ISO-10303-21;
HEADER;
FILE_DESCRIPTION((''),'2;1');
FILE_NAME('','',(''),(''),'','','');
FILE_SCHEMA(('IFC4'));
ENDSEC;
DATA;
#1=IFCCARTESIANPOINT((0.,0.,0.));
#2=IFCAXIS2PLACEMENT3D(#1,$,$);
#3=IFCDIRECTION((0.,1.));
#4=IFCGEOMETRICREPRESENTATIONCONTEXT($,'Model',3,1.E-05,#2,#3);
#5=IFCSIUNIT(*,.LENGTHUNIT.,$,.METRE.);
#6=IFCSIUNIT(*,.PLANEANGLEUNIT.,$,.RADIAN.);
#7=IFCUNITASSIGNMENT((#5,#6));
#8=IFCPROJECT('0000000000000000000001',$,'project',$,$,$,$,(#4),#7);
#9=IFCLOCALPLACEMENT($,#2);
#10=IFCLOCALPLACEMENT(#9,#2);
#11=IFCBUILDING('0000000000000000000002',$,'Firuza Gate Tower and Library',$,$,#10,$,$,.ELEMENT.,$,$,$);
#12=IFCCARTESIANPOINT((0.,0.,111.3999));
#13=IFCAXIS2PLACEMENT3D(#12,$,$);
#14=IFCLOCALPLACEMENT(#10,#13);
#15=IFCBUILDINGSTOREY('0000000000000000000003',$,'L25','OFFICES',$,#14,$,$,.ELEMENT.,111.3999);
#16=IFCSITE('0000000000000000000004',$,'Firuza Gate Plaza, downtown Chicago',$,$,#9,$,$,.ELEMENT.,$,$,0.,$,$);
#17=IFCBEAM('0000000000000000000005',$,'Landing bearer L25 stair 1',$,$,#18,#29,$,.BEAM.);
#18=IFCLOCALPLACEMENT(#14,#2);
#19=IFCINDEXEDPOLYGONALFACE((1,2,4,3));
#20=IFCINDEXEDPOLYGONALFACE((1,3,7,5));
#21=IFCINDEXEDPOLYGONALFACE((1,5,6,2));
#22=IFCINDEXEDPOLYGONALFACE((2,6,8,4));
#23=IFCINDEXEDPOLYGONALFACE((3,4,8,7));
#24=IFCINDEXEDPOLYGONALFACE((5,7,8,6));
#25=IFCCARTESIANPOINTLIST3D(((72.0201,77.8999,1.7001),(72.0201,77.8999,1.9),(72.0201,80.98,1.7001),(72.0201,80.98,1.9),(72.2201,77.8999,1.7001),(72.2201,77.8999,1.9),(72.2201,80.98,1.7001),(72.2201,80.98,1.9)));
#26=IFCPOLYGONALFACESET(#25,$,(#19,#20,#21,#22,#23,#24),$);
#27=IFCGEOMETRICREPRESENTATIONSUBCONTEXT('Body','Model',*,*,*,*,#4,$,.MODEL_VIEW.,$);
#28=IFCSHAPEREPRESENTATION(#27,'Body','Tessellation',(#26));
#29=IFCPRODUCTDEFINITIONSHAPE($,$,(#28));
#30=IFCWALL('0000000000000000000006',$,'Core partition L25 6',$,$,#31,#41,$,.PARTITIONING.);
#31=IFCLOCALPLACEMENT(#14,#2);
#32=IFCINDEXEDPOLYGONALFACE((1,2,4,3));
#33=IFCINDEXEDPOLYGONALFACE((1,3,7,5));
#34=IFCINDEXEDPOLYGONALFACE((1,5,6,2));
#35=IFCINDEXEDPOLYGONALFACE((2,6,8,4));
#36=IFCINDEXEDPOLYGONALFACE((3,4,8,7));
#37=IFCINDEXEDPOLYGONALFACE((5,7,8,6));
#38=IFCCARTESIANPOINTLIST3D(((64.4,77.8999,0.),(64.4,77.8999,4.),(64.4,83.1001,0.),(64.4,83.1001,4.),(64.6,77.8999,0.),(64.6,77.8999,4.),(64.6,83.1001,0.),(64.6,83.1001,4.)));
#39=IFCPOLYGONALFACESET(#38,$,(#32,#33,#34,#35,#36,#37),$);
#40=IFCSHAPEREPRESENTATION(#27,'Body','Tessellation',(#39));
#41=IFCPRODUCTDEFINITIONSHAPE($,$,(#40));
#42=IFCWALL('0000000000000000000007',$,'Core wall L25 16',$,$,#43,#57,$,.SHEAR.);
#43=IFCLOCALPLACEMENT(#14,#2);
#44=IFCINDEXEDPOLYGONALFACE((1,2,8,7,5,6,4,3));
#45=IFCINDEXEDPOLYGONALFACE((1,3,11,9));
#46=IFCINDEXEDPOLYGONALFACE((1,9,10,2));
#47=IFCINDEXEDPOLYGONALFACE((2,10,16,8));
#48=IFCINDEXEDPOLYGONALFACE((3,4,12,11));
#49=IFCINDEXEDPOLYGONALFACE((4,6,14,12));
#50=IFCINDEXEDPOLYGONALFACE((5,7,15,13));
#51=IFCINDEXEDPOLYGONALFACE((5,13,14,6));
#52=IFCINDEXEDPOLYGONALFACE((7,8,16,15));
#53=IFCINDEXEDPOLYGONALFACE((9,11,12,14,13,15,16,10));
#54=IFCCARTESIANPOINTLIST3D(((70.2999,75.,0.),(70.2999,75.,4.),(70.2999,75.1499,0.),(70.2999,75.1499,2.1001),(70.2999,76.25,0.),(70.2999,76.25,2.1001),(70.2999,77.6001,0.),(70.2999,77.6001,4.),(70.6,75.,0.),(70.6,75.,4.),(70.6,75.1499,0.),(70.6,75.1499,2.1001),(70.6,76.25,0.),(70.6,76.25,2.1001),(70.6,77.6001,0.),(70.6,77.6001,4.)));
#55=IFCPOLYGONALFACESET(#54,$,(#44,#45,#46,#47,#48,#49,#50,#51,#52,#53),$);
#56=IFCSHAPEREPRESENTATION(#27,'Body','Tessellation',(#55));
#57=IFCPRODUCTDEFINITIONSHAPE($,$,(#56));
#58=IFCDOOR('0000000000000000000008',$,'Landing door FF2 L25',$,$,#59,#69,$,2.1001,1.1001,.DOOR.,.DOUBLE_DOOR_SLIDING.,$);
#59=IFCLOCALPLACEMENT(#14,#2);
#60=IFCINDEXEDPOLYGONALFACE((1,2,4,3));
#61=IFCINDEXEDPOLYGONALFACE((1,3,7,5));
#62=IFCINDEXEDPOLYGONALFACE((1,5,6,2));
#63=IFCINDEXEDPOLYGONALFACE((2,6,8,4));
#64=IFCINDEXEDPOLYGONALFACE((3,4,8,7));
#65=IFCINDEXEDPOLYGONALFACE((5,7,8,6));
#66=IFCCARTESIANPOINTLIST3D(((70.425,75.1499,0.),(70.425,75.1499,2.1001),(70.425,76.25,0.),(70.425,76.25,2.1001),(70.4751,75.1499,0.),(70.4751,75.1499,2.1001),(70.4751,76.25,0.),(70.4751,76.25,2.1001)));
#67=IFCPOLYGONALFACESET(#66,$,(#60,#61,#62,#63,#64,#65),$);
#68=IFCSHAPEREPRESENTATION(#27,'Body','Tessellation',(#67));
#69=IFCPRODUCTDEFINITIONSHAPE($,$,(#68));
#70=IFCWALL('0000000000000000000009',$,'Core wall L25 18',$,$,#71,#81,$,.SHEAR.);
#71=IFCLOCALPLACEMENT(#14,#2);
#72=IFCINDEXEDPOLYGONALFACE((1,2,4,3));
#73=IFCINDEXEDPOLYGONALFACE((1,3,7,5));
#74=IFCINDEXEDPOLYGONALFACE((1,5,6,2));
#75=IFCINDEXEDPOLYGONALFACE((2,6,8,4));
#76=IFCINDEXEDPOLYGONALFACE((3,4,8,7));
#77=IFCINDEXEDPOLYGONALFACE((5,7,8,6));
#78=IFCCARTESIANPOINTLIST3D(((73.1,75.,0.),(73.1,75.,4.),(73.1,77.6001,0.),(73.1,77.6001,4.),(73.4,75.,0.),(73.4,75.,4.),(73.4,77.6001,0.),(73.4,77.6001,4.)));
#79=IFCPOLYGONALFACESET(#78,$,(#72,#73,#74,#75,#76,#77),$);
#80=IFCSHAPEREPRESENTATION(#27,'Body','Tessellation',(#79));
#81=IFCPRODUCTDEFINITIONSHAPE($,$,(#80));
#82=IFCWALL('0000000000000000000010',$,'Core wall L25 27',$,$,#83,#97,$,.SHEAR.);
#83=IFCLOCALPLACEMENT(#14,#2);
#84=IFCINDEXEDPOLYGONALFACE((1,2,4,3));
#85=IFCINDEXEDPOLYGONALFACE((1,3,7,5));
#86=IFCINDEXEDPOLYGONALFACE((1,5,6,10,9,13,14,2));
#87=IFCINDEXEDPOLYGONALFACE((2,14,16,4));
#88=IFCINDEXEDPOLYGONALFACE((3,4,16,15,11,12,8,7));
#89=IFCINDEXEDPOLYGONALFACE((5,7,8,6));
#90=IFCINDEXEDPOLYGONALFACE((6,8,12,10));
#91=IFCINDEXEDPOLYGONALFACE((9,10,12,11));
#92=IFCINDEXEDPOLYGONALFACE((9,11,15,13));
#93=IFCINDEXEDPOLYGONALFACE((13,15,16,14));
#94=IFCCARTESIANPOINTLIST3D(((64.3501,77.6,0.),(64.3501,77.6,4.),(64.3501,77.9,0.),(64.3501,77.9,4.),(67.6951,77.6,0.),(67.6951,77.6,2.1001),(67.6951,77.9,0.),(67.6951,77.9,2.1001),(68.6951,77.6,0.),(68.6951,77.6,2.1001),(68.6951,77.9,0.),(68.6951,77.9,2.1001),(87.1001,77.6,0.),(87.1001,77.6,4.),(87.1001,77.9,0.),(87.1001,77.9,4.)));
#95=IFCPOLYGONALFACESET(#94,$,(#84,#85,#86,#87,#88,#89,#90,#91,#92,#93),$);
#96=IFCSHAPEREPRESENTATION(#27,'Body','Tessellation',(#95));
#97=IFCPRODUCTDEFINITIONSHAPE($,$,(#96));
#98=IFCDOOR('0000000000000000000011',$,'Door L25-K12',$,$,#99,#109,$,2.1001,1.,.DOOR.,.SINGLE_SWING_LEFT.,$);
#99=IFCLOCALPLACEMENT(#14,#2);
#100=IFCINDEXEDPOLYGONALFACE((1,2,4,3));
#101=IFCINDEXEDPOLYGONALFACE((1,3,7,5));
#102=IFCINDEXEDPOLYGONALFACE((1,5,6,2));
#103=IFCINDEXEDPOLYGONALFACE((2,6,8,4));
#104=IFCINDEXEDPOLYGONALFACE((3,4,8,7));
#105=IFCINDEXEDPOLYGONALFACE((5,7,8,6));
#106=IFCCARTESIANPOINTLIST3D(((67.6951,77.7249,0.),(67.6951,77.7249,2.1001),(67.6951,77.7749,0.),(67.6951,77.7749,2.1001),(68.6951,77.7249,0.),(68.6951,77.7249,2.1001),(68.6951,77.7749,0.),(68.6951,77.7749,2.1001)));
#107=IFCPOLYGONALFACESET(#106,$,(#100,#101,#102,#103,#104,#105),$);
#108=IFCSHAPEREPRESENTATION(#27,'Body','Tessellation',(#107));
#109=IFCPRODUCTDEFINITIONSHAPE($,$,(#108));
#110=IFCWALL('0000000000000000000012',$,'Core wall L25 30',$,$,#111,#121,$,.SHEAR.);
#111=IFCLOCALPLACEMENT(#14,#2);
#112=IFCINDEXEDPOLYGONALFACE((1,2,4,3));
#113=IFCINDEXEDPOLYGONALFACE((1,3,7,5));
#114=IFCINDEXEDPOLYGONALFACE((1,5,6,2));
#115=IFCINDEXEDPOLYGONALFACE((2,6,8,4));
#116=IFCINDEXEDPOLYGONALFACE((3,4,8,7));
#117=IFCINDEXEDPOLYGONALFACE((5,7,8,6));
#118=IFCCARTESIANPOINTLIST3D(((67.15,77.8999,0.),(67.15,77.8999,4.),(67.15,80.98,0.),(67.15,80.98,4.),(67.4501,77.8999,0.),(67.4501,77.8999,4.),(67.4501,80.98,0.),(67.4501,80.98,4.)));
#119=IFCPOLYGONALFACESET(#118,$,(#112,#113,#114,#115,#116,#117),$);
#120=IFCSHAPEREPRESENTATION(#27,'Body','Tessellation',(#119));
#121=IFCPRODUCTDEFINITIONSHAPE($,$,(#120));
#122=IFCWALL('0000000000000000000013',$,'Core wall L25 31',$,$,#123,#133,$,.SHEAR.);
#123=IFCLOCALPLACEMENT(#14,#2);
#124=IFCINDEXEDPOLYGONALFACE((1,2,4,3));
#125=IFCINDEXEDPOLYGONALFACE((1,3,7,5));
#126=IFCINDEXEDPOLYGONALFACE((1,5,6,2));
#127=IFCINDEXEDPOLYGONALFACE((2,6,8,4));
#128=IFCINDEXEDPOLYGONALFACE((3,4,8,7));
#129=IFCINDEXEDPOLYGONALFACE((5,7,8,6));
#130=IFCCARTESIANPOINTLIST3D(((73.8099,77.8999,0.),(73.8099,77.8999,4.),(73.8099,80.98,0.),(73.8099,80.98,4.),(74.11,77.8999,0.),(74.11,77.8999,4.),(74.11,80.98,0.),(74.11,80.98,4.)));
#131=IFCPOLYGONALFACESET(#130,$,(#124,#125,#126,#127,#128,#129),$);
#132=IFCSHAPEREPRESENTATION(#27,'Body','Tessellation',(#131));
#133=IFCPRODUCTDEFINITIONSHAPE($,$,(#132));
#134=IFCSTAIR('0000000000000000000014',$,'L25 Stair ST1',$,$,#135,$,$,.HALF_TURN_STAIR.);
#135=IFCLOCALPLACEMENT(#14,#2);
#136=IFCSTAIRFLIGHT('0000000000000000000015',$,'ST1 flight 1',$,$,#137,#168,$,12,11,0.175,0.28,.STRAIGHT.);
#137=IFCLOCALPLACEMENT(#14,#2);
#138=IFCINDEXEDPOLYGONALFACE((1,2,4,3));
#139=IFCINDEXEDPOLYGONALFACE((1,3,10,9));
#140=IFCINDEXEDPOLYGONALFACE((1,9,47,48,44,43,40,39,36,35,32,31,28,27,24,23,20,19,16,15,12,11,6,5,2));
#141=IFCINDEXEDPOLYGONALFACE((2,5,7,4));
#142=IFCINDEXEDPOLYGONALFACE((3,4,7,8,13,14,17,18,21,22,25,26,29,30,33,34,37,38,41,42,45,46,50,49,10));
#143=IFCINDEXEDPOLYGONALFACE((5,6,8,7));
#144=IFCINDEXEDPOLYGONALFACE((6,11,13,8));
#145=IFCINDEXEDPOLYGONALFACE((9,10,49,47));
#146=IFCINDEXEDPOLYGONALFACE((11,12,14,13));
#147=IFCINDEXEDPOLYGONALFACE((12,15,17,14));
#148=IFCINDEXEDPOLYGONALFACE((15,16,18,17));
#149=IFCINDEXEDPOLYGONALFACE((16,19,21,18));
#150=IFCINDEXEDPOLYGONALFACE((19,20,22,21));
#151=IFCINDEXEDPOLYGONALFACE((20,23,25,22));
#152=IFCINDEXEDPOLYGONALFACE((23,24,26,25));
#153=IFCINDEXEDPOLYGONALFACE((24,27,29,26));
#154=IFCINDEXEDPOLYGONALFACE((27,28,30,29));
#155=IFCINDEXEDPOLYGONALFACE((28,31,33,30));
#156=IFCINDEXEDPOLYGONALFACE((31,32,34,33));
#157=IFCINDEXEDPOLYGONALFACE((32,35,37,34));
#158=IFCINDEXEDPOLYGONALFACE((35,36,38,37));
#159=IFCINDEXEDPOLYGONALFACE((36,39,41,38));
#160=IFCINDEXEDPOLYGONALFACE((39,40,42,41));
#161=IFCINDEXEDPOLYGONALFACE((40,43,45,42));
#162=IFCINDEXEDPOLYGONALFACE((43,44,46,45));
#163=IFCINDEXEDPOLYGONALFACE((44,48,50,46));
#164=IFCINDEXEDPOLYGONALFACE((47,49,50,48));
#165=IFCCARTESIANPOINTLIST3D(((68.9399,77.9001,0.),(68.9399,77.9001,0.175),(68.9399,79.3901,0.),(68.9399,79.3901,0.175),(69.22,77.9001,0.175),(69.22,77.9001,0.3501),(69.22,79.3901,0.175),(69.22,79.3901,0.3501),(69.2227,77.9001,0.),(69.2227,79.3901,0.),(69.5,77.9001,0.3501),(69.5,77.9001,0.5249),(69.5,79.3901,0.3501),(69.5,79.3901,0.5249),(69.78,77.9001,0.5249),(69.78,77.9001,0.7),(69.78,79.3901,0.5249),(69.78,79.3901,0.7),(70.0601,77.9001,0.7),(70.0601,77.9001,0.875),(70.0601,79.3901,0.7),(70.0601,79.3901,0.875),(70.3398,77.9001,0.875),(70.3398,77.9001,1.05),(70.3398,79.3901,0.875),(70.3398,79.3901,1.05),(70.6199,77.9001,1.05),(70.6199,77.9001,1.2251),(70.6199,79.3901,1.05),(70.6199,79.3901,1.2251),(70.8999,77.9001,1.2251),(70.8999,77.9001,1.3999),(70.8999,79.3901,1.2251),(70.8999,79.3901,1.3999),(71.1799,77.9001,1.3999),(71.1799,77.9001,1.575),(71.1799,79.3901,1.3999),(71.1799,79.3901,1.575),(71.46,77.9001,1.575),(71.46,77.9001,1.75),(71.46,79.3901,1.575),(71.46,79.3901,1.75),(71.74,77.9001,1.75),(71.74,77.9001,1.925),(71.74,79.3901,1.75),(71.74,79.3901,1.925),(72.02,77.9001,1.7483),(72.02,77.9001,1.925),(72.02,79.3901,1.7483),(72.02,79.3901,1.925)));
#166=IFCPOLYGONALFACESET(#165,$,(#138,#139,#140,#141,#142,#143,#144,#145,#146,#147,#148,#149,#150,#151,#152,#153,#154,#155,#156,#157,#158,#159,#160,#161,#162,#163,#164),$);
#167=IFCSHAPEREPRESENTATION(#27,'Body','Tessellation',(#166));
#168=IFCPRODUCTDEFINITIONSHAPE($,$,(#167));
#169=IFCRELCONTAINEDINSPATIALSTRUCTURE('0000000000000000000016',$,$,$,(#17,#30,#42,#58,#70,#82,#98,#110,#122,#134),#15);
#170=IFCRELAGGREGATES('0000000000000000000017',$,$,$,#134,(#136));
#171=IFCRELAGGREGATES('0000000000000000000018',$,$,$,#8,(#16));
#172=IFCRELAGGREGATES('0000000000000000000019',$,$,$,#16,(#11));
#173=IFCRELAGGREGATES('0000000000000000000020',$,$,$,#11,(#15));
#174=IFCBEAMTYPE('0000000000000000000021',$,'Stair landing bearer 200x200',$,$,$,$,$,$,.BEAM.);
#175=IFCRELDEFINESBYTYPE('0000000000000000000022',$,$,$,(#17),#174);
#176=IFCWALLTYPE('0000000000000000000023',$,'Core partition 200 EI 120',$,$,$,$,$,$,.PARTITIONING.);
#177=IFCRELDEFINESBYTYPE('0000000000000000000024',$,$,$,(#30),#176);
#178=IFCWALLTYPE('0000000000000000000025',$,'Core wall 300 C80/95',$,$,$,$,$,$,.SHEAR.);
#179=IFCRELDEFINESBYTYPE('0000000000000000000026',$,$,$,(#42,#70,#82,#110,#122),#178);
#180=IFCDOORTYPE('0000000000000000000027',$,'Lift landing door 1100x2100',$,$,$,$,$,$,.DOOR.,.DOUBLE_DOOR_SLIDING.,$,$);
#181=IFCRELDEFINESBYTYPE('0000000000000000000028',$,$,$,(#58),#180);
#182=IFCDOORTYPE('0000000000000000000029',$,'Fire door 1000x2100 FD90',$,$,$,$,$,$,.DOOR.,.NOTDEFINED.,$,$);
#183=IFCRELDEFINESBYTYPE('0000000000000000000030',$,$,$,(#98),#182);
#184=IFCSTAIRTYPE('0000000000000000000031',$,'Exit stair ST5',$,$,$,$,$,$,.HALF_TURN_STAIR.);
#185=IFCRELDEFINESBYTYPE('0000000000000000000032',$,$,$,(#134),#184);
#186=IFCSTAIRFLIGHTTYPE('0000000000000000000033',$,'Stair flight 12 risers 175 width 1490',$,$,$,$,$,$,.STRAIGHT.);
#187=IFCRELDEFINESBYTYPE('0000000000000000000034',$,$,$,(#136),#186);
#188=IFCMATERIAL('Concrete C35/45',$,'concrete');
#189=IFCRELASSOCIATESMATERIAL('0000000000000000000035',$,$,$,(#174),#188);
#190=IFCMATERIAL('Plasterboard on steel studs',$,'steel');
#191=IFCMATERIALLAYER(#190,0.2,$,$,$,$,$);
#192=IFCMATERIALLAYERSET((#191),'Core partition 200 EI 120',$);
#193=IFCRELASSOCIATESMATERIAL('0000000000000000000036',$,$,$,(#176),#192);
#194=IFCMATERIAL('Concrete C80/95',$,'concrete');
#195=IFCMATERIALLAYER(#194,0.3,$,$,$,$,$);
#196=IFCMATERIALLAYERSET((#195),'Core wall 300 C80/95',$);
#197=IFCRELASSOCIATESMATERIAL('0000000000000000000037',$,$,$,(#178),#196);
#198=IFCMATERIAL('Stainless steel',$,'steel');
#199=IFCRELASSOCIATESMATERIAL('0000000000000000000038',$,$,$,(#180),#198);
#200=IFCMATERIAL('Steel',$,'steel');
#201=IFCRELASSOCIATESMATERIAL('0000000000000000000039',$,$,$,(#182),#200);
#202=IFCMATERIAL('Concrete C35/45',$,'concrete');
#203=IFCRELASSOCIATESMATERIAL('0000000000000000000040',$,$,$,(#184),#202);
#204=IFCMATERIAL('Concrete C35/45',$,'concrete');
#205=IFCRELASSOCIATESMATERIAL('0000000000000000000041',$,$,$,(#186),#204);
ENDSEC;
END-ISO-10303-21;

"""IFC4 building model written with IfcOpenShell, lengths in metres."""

from ifc_helpers import new_model, si_unit, direction, frame, frame_2d, origin, origin_2d, place, context, subcontext, project, spatial, polyline, rectangle, outline, extrude, material, layer, layer_set, material_profile, profile_set, type_object, element, fill, aggregate, save


model = new_model("IFC4")

# Units and contexts
model_context = context("Model", 3, precision=1e-05, world=origin(), true_north=direction((0.0, 1.0)))
body_context = subcontext(model_context, "Body", "Model", "MODEL_VIEW")
ifc_project = project(units=[si_unit("LENGTHUNIT", "METRE"), si_unit("PLANEANGLEUNIT", "RADIAN")], contexts=[model_context])

# Site, building, storey
site_placement = place(None, origin())
site = spatial("IfcSite", under=ifc_project, at=site_placement, Name="Firuza Gate Plaza, downtown Chicago", CompositionType="ELEMENT", RefElevation=0.0)
building_placement = place(site_placement, origin())
building = spatial("IfcBuilding", under=site, at=building_placement, Name="Firuza Gate Tower and Library", CompositionType="ELEMENT")
storey_placement = place(building_placement, frame((0.0, 0.0, 111.3999)))
storey = spatial("IfcBuildingStorey", under=building, at=storey_placement, Name="L25", Description="OFFICES", CompositionType="ELEMENT", Elevation=111.3999)

# Beam
ifc_material_1 = material(Name="Concrete C35/45", Category="concrete")
ifc_material_profile = material_profile(ifc_material_1, rectangle(XDim=0.2, YDim=0.2, at=origin_2d()))
ifc_profile_set = profile_set([ifc_material_profile], Name="Concrete C35/45")
beam_type = type_object("IfcBeamType", Name="Stair landing bearer 200x200", PredefinedType="BEAM", material=ifc_profile_set)
beam_placement = place(storey_placement, frame((72.1201, 77.8999, 1.8), z_axis=(0.0, 1.0, 0.0), x_axis=(-1.0, 0.0, 0.0)))
element("IfcBeam", 1, at=beam_placement, inside=storey, type_object=beam_type, Name="Landing bearer L25 stair 1", PredefinedType="BEAM", context=body_context, shape_type="SweptSolid", body=[
    extrude(rectangle(XDim=0.2, YDim=0.2, at=origin_2d()), origin(), (0.0, 0.0, 1.0), 3.0801),
])

# Wall
ifc_material_2 = material(Name="Plasterboard on steel studs", Category="steel")
ifc_layer_1 = layer(ifc_material_2, 0.2)
ifc_layer_set_1 = layer_set([ifc_layer_1], Name="Core partition 200 EI 120")
wall_type_1 = type_object("IfcWallType", Name="Core partition 200 EI 120", PredefinedType="PARTITIONING", material=ifc_layer_set_1)
wall_1_placement = place(storey_placement, frame((64.5, 77.8999, 0.0), z_axis=(0.0, 0.0, 1.0), x_axis=(0.0, 1.0, 0.0)))
element("IfcWall", 2, at=wall_1_placement, inside=storey, type_object=wall_type_1, Name="Core partition L25 6", PredefinedType="PARTITIONING", context=body_context, shape_type="SweptSolid", body=[
    extrude(rectangle(XDim=5.2002, YDim=0.2, at=frame_2d((2.6001, 0.0))), origin(), (0.0, 0.0, 1.0), 4.0),
])

# Wall, opening, door
ifc_material_3 = material(Name="Concrete C80/95", Category="concrete")
ifc_layer_2 = layer(ifc_material_3, 0.3)
ifc_layer_set_2 = layer_set([ifc_layer_2], Name="Core wall 300 C80/95")
wall_type_2 = type_object("IfcWallType", Name="Core wall 300 C80/95", PredefinedType="SHEAR", material=ifc_layer_set_2)
wall_2_placement = place(storey_placement, frame((70.45, 75.0, 0.0), z_axis=(0.0, 0.0, 1.0), x_axis=(0.0, 1.0, 0.0)))
wall_2 = element("IfcWall", 3, at=wall_2_placement, inside=storey, type_object=wall_type_2, Name="Core wall L25 16", PredefinedType="SHEAR", context=body_context, shape_type="SweptSolid", body=[
    extrude(rectangle(XDim=2.6001, YDim=0.3, at=frame_2d((1.3, 0.0))), origin(), (0.0, 0.0, 1.0), 4.0),
])
opening_1_placement = place(wall_2_placement, frame((0.1499, 0.0, 0.0)))
opening_1 = element("IfcOpeningElement", 4, at=opening_1_placement, cuts=wall_2, PredefinedType="OPENING", context=body_context, shape_type="SweptSolid", body=[
    extrude(rectangle(XDim=1.1001, YDim=2.1001, at=frame_2d((0.55, 1.05))), frame((0.0, 0.1602, 0.0), z_axis=(0.0, -1.0, 0.0), x_axis=(1.0, 0.0, 0.0)), (0.0, 0.0, 1.0), 0.3201),
])
ifc_material_4 = material(Name="Stainless steel", Category="steel")
door_type_1 = type_object("IfcDoorType", Name="Lift landing door 1100x2100", OperationType="DOUBLE_DOOR_SLIDING", PredefinedType="DOOR", material=ifc_material_4)
door_1_placement = place(opening_1_placement, origin())
door_1 = element("IfcDoor", 5, at=door_1_placement, inside=storey, type_object=door_type_1, Name="Landing door FF2 L25", OperationType="DOUBLE_DOOR_SLIDING", OverallHeight=2.1001, OverallWidth=1.1001, PredefinedType="DOOR", context=body_context, shape_type="SweptSolid", body=[
    extrude(rectangle(XDim=1.1001, YDim=2.1001, at=frame_2d((0.55, 1.05))), frame((0.0, 0.0249, 0.0), z_axis=(0.0, -1.0, 0.0), x_axis=(1.0, 0.0, 0.0)), (0.0, 0.0, 1.0), 0.05),
])
fill(opening_1, door_1)

# Wall
wall_3_placement = place(storey_placement, frame((73.25, 75.0, 0.0), z_axis=(0.0, 0.0, 1.0), x_axis=(0.0, 1.0, 0.0)))
element("IfcWall", 6, at=wall_3_placement, inside=storey, type_object=wall_type_2, Name="Core wall L25 18", PredefinedType="SHEAR", context=body_context, shape_type="SweptSolid", body=[
    extrude(rectangle(XDim=2.6001, YDim=0.3, at=frame_2d((1.3, 0.0))), origin(), (0.0, 0.0, 1.0), 4.0),
])

# Wall, opening, door
wall_4_placement = place(storey_placement, frame((64.3501, 77.75, 0.0), z_axis=(0.0, 0.0, 1.0), x_axis=(1.0, 0.0, 0.0)))
wall_4 = element("IfcWall", 7, at=wall_4_placement, inside=storey, type_object=wall_type_2, Name="Core wall L25 27", PredefinedType="SHEAR", context=body_context, shape_type="SweptSolid", body=[
    extrude(rectangle(XDim=22.75, YDim=0.3, at=frame_2d((11.375, 0.0))), origin(), (0.0, 0.0, 1.0), 4.0),
])
opening_2_placement = place(wall_4_placement, frame((3.345, 0.0, 0.0)))
opening_2 = element("IfcOpeningElement", 8, at=opening_2_placement, cuts=wall_4, PredefinedType="OPENING", context=body_context, shape_type="SweptSolid", body=[
    extrude(rectangle(XDim=1.0, YDim=2.1001, at=frame_2d((0.5, 1.05))), frame((0.0, 0.1602, 0.0), z_axis=(0.0, -1.0, 0.0), x_axis=(1.0, 0.0, 0.0)), (0.0, 0.0, 1.0), 0.3201),
])
ifc_material_5 = material(Name="Steel", Category="steel")
door_type_2 = type_object("IfcDoorType", Name="Fire door 1000x2100 FD90", OperationType="NOTDEFINED", PredefinedType="DOOR", material=ifc_material_5)
door_2_placement = place(opening_2_placement, origin())
door_2 = element("IfcDoor", 9, at=door_2_placement, inside=storey, type_object=door_type_2, Name="Door L25-K12", OperationType="SINGLE_SWING_LEFT", OverallHeight=2.1001, OverallWidth=1.0, PredefinedType="DOOR", context=body_context, shape_type="SweptSolid", body=[
    extrude(rectangle(XDim=1.0, YDim=2.1001, at=frame_2d((0.5, 1.05))), frame((0.0, 0.0249, 0.0), z_axis=(0.0, -1.0, 0.0), x_axis=(1.0, 0.0, 0.0)), (0.0, 0.0, 1.0), 0.05),
])
fill(opening_2, door_2)

# Walls
for number, where, z_axis, x_axis, name in (
    (10, (67.3, 77.8999, 0.0), (0.0, 0.0, 1.0), (0.0, 1.0, 0.0), "Core wall L25 30"),
    (11, (73.96, 77.8999, 0.0), (0.0, 0.0, 1.0), (0.0, 1.0, 0.0), "Core wall L25 31"),
):
    element("IfcWall", number, at=place(storey_placement, frame(where, z_axis=z_axis, x_axis=x_axis)), inside=storey, type_object=wall_type_2, Name=name, PredefinedType="SHEAR", context=body_context, shape_type="SweptSolid", body=[
        extrude(rectangle(XDim=3.0801, YDim=0.3, at=frame_2d((1.54, 0.0))), origin(), (0.0, 0.0, 1.0), 4.0),
    ])

# Stair, stair flight
ifc_material_6 = material(Name="Concrete C35/45", Category="concrete")
stair_type = type_object("IfcStairType", Name="Exit stair ST5", PredefinedType="HALF_TURN_STAIR", material=ifc_material_6)
stair_placement = place(storey_placement, origin())
stair = element("IfcStair", 12, at=stair_placement, inside=storey, type_object=stair_type, Name="L25 Stair ST1", PredefinedType="HALF_TURN_STAIR")
ifc_material_7 = material(Name="Concrete C35/45", Category="concrete")
stair_flight_type = type_object("IfcStairFlightType", Name="Stair flight 12 risers 175 width 1490", PredefinedType="STRAIGHT", material=ifc_material_7)
stair_flight_1_placement = place(storey_placement, frame((68.9399, 78.645, 0.0), z_axis=(0.0, 0.0, 1.0), x_axis=(1.0, 0.0, 0.0)))
stair_flight_1 = element("IfcStairFlight", 13, at=stair_flight_1_placement, type_object=stair_flight_type, Name="ST1 flight 1", NumberOfRisers=12, NumberOfTreads=11, PredefinedType="STRAIGHT", RiserHeight=0.175, TreadLength=0.28, context=body_context, shape_type="SweptSolid", body=[
    extrude(outline(polyline([(0.0, 0.0), (0.0, 0.175), (0.28, 0.175), (0.28, 0.3501), (0.5601, 0.3501), (0.5601, 0.5249), (0.8401, 0.5249), (0.8401, 0.7), (1.1201, 0.7), (1.1201, 0.875), (1.3999, 0.875), (1.3999, 1.05), (1.6799, 1.05), (1.6799, 1.2251), (1.96, 1.2251), (1.96, 1.3999), (2.24, 1.3999), (2.24, 1.575), (2.52, 1.575), (2.52, 1.75), (2.8, 1.75), (2.8, 1.925), (3.0801, 1.925), (3.0801, 2.1001), (3.0801, 1.7483), (0.2827, 0.0), (0.0, 0.0)])), frame((0.0, 0.7451, 0.0), z_axis=(0.0, -1.0, 0.0), x_axis=(1.0, 0.0, 0.0)), (0.0, 0.0, 1.0), 1.49),
])
aggregate(stair, [stair_flight_1])

save(model, "model.ifc")
